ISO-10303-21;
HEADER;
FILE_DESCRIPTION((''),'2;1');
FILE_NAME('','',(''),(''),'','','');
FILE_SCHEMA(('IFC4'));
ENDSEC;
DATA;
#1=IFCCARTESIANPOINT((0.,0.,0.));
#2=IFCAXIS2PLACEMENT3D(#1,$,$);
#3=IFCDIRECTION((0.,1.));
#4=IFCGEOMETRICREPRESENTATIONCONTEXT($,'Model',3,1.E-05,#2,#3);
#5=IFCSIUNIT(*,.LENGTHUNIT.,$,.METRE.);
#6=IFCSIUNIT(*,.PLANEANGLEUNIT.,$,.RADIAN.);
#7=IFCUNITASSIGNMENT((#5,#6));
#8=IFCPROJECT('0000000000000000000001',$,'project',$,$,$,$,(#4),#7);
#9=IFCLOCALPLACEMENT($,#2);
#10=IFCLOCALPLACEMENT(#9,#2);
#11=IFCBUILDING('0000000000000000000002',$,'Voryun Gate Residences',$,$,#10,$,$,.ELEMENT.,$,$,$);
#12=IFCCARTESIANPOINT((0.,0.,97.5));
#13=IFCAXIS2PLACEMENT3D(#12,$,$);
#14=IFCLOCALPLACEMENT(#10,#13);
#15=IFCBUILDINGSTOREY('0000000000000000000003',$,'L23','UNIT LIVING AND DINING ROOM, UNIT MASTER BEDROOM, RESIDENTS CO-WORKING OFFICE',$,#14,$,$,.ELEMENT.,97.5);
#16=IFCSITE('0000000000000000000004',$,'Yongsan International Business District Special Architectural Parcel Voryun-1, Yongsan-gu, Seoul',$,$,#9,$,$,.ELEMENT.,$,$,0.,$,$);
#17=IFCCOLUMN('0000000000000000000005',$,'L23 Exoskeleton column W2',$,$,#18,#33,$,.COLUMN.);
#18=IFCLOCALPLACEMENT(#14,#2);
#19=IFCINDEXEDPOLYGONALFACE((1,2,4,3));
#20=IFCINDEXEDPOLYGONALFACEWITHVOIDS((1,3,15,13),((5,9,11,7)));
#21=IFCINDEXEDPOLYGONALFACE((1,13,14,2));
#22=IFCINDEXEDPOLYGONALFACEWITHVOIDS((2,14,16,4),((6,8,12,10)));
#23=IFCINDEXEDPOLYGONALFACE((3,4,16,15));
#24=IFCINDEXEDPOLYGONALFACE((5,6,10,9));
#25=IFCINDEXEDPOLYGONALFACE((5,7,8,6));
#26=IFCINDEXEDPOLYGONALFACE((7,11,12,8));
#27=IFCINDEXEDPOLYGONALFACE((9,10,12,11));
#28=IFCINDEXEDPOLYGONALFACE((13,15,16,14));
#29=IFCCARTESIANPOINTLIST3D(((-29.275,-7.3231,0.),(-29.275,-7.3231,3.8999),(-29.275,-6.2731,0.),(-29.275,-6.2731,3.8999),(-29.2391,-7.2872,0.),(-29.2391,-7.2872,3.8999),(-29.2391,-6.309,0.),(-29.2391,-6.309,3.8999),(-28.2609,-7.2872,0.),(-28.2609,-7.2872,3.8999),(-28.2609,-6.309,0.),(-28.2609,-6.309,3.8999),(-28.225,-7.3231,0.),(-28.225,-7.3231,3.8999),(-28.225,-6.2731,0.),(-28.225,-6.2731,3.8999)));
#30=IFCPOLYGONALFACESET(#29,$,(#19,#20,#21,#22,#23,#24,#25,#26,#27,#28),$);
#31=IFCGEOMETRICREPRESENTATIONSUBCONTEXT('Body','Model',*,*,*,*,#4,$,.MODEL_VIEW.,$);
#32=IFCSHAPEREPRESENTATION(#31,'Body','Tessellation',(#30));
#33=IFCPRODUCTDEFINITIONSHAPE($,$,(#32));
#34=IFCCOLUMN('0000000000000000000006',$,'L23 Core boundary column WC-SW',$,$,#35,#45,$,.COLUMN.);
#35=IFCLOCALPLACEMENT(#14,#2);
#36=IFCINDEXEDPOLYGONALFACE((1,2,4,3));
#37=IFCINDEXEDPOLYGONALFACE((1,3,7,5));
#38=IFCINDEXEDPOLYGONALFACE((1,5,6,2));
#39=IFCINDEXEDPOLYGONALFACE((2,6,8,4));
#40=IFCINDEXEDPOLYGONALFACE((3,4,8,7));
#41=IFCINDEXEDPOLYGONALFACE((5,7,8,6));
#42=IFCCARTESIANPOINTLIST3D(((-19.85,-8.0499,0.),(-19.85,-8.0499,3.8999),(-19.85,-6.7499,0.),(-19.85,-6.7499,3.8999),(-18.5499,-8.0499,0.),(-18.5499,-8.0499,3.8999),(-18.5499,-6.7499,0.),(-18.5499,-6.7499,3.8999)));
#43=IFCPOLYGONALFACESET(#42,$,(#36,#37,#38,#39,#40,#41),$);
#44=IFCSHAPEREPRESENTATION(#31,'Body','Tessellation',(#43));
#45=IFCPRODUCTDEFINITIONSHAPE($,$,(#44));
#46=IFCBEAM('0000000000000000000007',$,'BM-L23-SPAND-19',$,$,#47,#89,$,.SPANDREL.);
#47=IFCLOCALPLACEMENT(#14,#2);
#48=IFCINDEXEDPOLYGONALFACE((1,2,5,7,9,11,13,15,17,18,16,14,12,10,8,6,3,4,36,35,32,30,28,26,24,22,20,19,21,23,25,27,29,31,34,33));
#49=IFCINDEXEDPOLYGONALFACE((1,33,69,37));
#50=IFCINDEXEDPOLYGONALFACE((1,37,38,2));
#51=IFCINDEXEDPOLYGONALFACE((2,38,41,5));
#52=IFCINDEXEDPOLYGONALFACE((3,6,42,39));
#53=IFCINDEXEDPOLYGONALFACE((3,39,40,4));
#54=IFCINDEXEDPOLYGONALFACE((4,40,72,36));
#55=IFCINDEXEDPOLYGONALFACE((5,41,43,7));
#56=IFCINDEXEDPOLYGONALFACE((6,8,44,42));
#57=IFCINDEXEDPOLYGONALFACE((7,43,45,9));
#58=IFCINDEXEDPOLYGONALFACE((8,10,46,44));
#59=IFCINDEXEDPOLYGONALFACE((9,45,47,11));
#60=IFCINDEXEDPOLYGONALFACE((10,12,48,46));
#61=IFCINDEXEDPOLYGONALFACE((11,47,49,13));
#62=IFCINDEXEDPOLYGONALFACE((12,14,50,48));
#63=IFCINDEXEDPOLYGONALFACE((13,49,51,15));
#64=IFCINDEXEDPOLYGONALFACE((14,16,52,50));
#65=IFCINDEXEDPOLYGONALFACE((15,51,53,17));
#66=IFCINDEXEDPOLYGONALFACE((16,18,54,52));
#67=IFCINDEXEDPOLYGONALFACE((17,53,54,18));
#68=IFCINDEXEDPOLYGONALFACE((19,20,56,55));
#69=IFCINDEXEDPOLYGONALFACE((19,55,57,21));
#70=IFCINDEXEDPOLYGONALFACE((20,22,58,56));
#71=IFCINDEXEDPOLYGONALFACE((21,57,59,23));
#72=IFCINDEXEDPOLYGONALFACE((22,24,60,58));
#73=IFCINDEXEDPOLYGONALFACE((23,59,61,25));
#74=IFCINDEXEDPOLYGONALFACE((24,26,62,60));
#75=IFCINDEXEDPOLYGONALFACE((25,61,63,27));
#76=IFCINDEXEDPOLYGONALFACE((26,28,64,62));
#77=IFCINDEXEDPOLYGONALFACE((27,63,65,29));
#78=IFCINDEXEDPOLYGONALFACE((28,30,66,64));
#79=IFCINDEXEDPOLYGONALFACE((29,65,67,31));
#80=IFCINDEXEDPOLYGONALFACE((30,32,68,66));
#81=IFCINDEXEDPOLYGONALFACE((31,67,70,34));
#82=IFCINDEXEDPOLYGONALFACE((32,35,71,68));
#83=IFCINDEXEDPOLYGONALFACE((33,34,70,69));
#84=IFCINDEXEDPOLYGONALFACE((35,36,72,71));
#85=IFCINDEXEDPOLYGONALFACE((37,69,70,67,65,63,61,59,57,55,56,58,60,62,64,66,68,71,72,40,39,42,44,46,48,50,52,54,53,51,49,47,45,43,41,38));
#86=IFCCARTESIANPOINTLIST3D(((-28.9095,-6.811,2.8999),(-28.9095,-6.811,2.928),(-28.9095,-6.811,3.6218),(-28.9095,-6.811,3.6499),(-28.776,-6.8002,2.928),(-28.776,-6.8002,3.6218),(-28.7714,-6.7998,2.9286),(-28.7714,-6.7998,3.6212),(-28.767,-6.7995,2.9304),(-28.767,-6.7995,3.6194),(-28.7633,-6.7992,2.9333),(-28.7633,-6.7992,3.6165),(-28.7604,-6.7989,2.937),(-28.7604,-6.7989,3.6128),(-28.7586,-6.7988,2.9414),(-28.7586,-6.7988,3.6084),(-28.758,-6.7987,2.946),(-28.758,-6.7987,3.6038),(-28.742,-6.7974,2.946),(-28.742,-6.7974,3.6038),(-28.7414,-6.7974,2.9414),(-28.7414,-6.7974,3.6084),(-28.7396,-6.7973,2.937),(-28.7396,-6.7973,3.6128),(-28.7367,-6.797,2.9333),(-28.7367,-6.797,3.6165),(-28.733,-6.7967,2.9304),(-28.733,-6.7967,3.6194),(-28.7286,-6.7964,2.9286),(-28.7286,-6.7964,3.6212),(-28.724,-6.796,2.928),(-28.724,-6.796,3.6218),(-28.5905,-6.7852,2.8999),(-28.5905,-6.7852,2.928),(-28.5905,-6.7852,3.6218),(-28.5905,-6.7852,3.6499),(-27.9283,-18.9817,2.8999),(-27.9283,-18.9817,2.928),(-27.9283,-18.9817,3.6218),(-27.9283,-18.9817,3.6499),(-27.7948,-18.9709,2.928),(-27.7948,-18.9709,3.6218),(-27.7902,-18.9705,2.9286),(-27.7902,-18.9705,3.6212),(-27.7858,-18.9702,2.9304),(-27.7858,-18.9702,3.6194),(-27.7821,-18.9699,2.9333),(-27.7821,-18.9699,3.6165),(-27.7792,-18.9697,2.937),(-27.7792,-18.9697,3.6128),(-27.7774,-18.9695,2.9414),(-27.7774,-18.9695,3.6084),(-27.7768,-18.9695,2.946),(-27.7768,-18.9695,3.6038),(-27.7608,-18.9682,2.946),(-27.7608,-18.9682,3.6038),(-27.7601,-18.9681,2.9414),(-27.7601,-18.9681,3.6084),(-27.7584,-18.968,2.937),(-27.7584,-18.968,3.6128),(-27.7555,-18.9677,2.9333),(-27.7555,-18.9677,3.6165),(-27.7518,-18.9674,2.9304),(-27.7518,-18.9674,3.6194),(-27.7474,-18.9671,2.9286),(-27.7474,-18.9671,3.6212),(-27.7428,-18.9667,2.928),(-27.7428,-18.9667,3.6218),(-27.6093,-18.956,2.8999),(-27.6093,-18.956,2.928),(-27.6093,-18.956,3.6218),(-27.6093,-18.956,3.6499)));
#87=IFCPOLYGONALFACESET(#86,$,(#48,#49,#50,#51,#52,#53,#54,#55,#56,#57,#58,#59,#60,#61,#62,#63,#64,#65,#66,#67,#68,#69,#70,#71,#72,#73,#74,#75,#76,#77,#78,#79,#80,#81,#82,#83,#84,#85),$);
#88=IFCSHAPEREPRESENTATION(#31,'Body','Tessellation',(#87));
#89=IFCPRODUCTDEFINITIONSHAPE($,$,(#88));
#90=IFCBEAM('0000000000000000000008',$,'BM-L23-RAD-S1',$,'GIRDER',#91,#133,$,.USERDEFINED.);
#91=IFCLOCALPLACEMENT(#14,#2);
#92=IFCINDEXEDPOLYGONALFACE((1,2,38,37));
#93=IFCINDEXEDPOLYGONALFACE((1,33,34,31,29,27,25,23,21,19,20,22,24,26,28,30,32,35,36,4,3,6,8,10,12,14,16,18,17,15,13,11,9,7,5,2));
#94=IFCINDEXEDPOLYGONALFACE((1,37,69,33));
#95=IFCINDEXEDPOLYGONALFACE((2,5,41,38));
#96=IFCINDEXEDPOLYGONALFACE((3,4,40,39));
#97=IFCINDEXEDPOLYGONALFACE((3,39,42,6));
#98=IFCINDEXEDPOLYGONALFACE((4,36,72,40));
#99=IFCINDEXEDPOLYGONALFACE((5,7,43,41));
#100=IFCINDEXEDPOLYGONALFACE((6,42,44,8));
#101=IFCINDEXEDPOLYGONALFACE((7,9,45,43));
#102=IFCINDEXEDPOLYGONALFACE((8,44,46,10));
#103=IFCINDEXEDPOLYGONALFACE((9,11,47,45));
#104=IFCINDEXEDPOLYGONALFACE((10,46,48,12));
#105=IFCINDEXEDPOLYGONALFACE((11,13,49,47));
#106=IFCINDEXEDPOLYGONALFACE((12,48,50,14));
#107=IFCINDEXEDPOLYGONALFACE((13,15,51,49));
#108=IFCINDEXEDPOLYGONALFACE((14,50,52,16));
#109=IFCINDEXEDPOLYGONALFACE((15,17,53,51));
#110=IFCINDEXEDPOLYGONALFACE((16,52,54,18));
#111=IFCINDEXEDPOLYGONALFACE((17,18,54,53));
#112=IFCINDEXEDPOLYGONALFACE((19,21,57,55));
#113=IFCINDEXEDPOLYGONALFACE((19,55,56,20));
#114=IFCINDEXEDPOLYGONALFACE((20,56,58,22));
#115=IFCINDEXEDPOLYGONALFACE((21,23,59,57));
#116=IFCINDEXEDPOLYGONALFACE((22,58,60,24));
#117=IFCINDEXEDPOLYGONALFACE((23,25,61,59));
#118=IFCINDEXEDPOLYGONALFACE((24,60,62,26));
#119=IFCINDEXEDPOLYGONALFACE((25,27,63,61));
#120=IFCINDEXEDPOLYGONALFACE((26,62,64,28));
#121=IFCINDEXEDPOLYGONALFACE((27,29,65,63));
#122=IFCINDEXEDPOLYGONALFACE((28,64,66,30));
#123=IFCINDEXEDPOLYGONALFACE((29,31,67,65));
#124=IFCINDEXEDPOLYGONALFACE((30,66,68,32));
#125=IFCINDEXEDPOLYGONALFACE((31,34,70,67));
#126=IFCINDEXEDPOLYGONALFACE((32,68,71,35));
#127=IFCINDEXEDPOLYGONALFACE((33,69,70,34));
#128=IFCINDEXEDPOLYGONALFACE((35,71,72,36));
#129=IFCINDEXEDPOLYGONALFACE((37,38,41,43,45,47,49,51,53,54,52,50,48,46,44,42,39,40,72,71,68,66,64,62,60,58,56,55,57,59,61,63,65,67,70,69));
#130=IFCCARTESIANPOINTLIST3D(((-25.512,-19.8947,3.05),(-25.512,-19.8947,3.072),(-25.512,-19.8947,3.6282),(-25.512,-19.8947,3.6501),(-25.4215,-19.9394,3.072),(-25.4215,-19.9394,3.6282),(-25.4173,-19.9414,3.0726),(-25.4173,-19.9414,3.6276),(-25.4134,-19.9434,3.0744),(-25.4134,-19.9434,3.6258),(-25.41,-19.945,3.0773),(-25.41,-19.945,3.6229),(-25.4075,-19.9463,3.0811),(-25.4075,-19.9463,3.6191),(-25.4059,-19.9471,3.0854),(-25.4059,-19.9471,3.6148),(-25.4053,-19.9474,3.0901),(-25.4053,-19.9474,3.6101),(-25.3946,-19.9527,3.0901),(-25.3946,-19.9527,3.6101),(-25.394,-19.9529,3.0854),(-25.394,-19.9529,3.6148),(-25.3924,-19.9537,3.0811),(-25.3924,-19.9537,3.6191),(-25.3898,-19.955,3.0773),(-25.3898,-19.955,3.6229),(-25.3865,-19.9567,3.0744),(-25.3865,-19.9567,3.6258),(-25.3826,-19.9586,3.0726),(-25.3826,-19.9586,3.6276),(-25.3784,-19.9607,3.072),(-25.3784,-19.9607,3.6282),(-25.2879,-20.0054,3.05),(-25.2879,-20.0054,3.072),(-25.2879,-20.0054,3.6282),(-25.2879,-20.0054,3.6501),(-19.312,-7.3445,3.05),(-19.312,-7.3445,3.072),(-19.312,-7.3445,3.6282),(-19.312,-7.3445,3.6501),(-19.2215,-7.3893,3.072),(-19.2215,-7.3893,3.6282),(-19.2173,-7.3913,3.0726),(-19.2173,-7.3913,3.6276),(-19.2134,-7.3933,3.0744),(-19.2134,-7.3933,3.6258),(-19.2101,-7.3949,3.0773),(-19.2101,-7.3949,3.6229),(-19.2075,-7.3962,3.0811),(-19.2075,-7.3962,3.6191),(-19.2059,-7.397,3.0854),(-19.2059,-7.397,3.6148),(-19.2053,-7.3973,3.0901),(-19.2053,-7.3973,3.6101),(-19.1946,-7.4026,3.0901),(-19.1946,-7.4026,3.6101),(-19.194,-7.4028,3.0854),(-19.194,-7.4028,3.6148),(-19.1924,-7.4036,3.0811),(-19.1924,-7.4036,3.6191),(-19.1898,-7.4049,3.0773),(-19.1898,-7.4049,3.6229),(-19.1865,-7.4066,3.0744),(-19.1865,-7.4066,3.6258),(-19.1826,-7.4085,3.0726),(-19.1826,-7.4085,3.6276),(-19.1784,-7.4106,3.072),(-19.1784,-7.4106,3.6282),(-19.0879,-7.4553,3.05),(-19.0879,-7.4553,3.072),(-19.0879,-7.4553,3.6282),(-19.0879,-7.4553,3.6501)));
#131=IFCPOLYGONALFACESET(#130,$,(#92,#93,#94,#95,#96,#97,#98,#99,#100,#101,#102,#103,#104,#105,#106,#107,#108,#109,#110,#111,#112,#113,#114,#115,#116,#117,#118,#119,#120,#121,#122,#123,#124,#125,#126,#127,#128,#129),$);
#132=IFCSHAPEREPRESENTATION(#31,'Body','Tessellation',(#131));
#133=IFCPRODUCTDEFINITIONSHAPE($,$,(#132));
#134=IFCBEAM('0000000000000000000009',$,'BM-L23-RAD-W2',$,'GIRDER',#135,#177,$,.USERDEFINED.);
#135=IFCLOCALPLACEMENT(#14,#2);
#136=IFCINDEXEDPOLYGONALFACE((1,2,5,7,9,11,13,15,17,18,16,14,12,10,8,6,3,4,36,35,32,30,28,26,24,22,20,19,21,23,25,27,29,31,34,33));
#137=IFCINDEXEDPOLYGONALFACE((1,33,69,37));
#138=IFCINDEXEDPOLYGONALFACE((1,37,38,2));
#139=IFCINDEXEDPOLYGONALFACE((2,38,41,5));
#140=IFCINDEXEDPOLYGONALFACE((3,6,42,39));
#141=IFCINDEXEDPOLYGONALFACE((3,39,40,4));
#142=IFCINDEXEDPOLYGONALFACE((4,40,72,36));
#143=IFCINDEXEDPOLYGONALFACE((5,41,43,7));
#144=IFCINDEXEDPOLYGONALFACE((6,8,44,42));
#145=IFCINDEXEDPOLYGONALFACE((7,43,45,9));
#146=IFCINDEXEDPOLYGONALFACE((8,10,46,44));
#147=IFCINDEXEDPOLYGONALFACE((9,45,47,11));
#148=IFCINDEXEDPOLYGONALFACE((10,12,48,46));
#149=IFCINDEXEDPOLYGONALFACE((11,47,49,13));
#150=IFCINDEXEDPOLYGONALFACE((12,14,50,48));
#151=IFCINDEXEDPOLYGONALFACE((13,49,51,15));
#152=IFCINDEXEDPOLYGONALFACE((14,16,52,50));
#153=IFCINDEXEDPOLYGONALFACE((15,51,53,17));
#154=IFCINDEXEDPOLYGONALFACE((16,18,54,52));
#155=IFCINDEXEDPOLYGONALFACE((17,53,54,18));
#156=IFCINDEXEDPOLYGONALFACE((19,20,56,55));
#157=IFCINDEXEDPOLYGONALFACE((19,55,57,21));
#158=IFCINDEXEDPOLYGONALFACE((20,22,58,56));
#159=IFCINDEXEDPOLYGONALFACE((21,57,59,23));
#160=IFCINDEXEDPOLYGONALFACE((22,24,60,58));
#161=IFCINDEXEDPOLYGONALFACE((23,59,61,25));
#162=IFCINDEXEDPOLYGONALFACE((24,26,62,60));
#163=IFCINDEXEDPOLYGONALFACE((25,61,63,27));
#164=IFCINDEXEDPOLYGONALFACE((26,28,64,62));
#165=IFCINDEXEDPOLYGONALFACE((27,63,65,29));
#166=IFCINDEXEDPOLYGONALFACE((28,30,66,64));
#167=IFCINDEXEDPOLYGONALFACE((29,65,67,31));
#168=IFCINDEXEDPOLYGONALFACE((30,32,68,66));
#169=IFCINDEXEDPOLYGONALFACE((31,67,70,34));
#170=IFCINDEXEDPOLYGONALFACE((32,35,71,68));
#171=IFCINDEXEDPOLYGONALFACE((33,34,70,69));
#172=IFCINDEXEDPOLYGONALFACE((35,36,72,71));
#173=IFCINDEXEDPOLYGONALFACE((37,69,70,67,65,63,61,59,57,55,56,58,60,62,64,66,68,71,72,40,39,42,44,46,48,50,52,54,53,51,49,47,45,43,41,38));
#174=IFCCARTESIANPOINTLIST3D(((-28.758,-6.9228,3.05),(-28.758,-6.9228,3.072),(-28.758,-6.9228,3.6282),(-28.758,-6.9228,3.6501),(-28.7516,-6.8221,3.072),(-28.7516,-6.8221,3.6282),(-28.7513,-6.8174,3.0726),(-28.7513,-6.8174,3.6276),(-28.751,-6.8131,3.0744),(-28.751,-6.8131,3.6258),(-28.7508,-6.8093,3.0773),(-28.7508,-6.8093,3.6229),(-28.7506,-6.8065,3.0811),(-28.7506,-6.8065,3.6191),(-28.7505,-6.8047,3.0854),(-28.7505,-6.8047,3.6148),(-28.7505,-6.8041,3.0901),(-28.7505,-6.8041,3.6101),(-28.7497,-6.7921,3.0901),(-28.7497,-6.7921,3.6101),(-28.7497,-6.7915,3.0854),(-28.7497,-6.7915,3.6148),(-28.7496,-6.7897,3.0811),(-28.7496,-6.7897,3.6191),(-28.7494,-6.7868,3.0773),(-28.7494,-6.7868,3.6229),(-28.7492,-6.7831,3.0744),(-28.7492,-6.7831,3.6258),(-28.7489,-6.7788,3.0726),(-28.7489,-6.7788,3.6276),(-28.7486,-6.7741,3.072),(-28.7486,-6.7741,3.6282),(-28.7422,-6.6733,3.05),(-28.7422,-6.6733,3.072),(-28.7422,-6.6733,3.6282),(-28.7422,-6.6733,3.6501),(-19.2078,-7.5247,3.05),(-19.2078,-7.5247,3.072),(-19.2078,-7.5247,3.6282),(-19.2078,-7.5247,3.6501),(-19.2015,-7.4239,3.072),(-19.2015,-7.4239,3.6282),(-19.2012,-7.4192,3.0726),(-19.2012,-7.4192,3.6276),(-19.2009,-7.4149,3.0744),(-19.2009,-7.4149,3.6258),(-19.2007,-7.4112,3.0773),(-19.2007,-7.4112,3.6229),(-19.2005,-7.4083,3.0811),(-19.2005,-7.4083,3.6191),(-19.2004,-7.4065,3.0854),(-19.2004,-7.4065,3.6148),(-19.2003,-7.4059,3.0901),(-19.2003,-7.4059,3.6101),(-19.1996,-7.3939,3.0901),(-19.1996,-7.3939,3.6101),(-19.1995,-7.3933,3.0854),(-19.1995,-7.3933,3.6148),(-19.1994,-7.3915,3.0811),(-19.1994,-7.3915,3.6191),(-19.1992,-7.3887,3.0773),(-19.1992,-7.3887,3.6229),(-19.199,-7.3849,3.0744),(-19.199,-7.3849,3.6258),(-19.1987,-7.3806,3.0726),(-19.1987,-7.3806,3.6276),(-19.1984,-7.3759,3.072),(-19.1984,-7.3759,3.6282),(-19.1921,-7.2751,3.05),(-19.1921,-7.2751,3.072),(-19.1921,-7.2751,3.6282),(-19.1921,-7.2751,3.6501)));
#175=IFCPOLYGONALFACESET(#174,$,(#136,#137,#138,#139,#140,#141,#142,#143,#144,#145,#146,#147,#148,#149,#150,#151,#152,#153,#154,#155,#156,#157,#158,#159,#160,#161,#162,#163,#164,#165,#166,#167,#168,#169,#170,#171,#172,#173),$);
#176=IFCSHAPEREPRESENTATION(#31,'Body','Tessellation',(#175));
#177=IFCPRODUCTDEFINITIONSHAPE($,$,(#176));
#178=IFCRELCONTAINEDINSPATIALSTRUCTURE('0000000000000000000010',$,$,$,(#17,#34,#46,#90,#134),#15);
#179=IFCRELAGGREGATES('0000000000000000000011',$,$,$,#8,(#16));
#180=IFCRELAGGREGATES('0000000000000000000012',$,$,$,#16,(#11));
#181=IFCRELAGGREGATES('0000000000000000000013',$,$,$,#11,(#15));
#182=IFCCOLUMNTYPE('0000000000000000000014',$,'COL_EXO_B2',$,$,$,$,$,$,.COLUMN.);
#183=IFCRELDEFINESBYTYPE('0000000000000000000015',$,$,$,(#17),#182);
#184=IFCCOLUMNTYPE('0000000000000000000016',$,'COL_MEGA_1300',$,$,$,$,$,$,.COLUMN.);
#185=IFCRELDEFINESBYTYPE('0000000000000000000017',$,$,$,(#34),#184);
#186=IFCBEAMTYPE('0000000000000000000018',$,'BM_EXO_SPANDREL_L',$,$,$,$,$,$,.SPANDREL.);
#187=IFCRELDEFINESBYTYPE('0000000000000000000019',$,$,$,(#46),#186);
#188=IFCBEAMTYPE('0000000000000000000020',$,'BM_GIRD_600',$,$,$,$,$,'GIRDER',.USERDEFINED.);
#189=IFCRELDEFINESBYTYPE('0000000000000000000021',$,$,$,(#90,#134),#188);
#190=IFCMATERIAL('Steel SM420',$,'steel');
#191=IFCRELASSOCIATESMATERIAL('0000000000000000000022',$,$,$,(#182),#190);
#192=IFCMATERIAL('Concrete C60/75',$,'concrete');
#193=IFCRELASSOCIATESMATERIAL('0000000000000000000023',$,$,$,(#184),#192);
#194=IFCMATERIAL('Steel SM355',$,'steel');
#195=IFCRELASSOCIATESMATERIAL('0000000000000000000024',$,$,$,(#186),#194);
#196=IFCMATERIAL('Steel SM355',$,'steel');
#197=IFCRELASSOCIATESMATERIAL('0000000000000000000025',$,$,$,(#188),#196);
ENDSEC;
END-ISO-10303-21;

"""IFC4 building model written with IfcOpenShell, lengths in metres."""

from ifc_helpers import new_model, si_unit, direction, frame, origin, origin_2d, place, context, subcontext, project, spatial, rectangle, hollow_rectangle, i_section, extrude, material, material_profile, profile_set, type_object, element, save


model = new_model("IFC4")

# Units and contexts
model_context = context("Model", 3, precision=1e-05, world=origin(), true_north=direction((0.0, 1.0)))
body_context = subcontext(model_context, "Body", "Model", "MODEL_VIEW")
ifc_project = project(units=[si_unit("LENGTHUNIT", "METRE"), si_unit("PLANEANGLEUNIT", "RADIAN")], contexts=[model_context])

# Site, building, storey
site_placement = place(None, origin())
site = spatial("IfcSite", under=ifc_project, at=site_placement, Name="Yongsan International Business District Special Architectural Parcel Voryun-1, Yongsan-gu, Seoul", CompositionType="ELEMENT", RefElevation=0.0)
building_placement = place(site_placement, origin())
building = spatial("IfcBuilding", under=site, at=building_placement, Name="Voryun Gate Residences", CompositionType="ELEMENT")
storey_placement = place(building_placement, frame((0.0, 0.0, 97.5)))
storey = spatial("IfcBuildingStorey", under=building, at=storey_placement, Name="L23", Description="UNIT LIVING AND DINING ROOM, UNIT MASTER BEDROOM, RESIDENTS CO-WORKING OFFICE", CompositionType="ELEMENT", Elevation=97.5)

# Columns
ifc_material_1 = material(Name="Steel SM420", Category="steel")
ifc_material_profile_1 = material_profile(ifc_material_1, hollow_rectangle(XDim=1.05, YDim=1.05, WallThickness=0.0359, at=origin_2d()), Name="BOX-1050x1050x36")
ifc_profile_set_1 = profile_set([ifc_material_profile_1], Name="Steel SM420")
column_type_1 = type_object("IfcColumnType", Name="COL_EXO_B2", PredefinedType="COLUMN", material=ifc_profile_set_1)
column_1_placement = place(storey_placement, frame((-28.75, -6.7981, 0.0), z_axis=(0.0, 0.0, 1.0), x_axis=(1.0, 0.0, 0.0)))
element("IfcColumn", 1, at=column_1_placement, inside=storey, type_object=column_type_1, Name="L23 Exoskeleton column W2", PredefinedType="COLUMN", context=body_context, shape_type="SweptSolid", body=[
    extrude(hollow_rectangle(XDim=1.05, YDim=1.05, WallThickness=0.0359, at=origin_2d()), origin(), (0.0, 0.0, 1.0), 3.8999),
])
ifc_material_2 = material(Name="Concrete C60/75", Category="concrete")
ifc_material_profile_2 = material_profile(ifc_material_2, rectangle(XDim=1.3, YDim=1.3, at=origin_2d()), Name="RC-1300x1300")
ifc_profile_set_2 = profile_set([ifc_material_profile_2], Name="Concrete C60/75")
column_type_2 = type_object("IfcColumnType", Name="COL_MEGA_1300", PredefinedType="COLUMN", material=ifc_profile_set_2)
column_2_placement = place(storey_placement, frame((-19.2, -7.3999, 0.0), z_axis=(0.0, 0.0, 1.0), x_axis=(1.0, 0.0, 0.0)))
element("IfcColumn", 2, at=column_2_placement, inside=storey, type_object=column_type_2, Name="L23 Core boundary column WC-SW", PredefinedType="COLUMN", context=body_context, shape_type="SweptSolid", body=[
    extrude(rectangle(XDim=1.3, YDim=1.3, at=origin_2d()), origin(), (0.0, 0.0, 1.0), 3.8999),
])

# Beams
ifc_material_3 = material(Name="Steel SM355", Category="steel")
ifc_material_profile_3 = material_profile(ifc_material_3, i_section(OverallWidth=0.3201, OverallDepth=0.75, WebThickness=0.0161, FlangeThickness=0.0281, FilletRadius=0.0181, at=origin_2d()), Name="H-750x320x16x28")
ifc_profile_set_3 = profile_set([ifc_material_profile_3], Name="Steel SM355")
beam_type_1 = type_object("IfcBeamType", Name="BM_EXO_SPANDREL_L", PredefinedType="SPANDREL", material=ifc_profile_set_3)
beam_1_placement = place(storey_placement, frame((-28.75, -6.7981, 3.2749), z_axis=(0.08036, -0.996766, 0.0), x_axis=(0.996766, 0.08036, 0.0)))
element("IfcBeam", 3, at=beam_1_placement, inside=storey, type_object=beam_type_1, Name="BM-L23-SPAND-19", PredefinedType="SPANDREL", context=body_context, shape_type="SweptSolid", body=[
    extrude(i_section(OverallWidth=0.3201, OverallDepth=0.75, WebThickness=0.0161, FlangeThickness=0.0281, FilletRadius=0.0181, at=origin_2d()), origin(), (0.0, 0.0, 1.0), 12.2102),
])
ifc_material_4 = material(Name="Steel SM355", Category="steel")
ifc_material_profile_4 = material_profile(ifc_material_4, i_section(OverallWidth=0.25, OverallDepth=0.6001, WebThickness=0.012, FlangeThickness=0.022, FilletRadius=0.0181, at=origin_2d()), Name="H-600x250x12x22")
ifc_profile_set_4 = profile_set([ifc_material_profile_4], Name="Steel SM355")
beam_type_2 = type_object("IfcBeamType", Name="BM_GIRD_600", ElementType="GIRDER", PredefinedType="USERDEFINED", material=ifc_profile_set_4)
beam_2_placement = place(storey_placement, frame((-19.2, -7.3999, 3.3501), z_axis=(-0.442918, -0.896562, 0.0), x_axis=(0.896562, -0.442918, 0.0)))
element("IfcBeam", 4, at=beam_2_placement, inside=storey, type_object=beam_type_2, Name="BM-L23-RAD-S1", ObjectType="GIRDER", PredefinedType="USERDEFINED", context=body_context, shape_type="SweptSolid", body=[
    extrude(i_section(OverallWidth=0.25, OverallDepth=0.6001, WebThickness=0.012, FlangeThickness=0.022, FilletRadius=0.0181, at=origin_2d()), origin(), (0.0, 0.0, 1.0), 13.998),
])
beam_3_placement = place(storey_placement, frame((-19.2, -7.3999, 3.3501), z_axis=(-0.99802, 0.062891, 0.0), x_axis=(-0.062891, -0.99802, 0.0)))
element("IfcBeam", 5, at=beam_3_placement, inside=storey, type_object=beam_type_2, Name="BM-L23-RAD-W2", ObjectType="GIRDER", PredefinedType="USERDEFINED", context=body_context, shape_type="SweptSolid", body=[
    extrude(i_section(OverallWidth=0.25, OverallDepth=0.6001, WebThickness=0.012, FlangeThickness=0.022, FilletRadius=0.0181, at=origin_2d()), origin(), (0.0, 0.0, 1.0), 9.5691),
])

save(model, "model.ifc")
